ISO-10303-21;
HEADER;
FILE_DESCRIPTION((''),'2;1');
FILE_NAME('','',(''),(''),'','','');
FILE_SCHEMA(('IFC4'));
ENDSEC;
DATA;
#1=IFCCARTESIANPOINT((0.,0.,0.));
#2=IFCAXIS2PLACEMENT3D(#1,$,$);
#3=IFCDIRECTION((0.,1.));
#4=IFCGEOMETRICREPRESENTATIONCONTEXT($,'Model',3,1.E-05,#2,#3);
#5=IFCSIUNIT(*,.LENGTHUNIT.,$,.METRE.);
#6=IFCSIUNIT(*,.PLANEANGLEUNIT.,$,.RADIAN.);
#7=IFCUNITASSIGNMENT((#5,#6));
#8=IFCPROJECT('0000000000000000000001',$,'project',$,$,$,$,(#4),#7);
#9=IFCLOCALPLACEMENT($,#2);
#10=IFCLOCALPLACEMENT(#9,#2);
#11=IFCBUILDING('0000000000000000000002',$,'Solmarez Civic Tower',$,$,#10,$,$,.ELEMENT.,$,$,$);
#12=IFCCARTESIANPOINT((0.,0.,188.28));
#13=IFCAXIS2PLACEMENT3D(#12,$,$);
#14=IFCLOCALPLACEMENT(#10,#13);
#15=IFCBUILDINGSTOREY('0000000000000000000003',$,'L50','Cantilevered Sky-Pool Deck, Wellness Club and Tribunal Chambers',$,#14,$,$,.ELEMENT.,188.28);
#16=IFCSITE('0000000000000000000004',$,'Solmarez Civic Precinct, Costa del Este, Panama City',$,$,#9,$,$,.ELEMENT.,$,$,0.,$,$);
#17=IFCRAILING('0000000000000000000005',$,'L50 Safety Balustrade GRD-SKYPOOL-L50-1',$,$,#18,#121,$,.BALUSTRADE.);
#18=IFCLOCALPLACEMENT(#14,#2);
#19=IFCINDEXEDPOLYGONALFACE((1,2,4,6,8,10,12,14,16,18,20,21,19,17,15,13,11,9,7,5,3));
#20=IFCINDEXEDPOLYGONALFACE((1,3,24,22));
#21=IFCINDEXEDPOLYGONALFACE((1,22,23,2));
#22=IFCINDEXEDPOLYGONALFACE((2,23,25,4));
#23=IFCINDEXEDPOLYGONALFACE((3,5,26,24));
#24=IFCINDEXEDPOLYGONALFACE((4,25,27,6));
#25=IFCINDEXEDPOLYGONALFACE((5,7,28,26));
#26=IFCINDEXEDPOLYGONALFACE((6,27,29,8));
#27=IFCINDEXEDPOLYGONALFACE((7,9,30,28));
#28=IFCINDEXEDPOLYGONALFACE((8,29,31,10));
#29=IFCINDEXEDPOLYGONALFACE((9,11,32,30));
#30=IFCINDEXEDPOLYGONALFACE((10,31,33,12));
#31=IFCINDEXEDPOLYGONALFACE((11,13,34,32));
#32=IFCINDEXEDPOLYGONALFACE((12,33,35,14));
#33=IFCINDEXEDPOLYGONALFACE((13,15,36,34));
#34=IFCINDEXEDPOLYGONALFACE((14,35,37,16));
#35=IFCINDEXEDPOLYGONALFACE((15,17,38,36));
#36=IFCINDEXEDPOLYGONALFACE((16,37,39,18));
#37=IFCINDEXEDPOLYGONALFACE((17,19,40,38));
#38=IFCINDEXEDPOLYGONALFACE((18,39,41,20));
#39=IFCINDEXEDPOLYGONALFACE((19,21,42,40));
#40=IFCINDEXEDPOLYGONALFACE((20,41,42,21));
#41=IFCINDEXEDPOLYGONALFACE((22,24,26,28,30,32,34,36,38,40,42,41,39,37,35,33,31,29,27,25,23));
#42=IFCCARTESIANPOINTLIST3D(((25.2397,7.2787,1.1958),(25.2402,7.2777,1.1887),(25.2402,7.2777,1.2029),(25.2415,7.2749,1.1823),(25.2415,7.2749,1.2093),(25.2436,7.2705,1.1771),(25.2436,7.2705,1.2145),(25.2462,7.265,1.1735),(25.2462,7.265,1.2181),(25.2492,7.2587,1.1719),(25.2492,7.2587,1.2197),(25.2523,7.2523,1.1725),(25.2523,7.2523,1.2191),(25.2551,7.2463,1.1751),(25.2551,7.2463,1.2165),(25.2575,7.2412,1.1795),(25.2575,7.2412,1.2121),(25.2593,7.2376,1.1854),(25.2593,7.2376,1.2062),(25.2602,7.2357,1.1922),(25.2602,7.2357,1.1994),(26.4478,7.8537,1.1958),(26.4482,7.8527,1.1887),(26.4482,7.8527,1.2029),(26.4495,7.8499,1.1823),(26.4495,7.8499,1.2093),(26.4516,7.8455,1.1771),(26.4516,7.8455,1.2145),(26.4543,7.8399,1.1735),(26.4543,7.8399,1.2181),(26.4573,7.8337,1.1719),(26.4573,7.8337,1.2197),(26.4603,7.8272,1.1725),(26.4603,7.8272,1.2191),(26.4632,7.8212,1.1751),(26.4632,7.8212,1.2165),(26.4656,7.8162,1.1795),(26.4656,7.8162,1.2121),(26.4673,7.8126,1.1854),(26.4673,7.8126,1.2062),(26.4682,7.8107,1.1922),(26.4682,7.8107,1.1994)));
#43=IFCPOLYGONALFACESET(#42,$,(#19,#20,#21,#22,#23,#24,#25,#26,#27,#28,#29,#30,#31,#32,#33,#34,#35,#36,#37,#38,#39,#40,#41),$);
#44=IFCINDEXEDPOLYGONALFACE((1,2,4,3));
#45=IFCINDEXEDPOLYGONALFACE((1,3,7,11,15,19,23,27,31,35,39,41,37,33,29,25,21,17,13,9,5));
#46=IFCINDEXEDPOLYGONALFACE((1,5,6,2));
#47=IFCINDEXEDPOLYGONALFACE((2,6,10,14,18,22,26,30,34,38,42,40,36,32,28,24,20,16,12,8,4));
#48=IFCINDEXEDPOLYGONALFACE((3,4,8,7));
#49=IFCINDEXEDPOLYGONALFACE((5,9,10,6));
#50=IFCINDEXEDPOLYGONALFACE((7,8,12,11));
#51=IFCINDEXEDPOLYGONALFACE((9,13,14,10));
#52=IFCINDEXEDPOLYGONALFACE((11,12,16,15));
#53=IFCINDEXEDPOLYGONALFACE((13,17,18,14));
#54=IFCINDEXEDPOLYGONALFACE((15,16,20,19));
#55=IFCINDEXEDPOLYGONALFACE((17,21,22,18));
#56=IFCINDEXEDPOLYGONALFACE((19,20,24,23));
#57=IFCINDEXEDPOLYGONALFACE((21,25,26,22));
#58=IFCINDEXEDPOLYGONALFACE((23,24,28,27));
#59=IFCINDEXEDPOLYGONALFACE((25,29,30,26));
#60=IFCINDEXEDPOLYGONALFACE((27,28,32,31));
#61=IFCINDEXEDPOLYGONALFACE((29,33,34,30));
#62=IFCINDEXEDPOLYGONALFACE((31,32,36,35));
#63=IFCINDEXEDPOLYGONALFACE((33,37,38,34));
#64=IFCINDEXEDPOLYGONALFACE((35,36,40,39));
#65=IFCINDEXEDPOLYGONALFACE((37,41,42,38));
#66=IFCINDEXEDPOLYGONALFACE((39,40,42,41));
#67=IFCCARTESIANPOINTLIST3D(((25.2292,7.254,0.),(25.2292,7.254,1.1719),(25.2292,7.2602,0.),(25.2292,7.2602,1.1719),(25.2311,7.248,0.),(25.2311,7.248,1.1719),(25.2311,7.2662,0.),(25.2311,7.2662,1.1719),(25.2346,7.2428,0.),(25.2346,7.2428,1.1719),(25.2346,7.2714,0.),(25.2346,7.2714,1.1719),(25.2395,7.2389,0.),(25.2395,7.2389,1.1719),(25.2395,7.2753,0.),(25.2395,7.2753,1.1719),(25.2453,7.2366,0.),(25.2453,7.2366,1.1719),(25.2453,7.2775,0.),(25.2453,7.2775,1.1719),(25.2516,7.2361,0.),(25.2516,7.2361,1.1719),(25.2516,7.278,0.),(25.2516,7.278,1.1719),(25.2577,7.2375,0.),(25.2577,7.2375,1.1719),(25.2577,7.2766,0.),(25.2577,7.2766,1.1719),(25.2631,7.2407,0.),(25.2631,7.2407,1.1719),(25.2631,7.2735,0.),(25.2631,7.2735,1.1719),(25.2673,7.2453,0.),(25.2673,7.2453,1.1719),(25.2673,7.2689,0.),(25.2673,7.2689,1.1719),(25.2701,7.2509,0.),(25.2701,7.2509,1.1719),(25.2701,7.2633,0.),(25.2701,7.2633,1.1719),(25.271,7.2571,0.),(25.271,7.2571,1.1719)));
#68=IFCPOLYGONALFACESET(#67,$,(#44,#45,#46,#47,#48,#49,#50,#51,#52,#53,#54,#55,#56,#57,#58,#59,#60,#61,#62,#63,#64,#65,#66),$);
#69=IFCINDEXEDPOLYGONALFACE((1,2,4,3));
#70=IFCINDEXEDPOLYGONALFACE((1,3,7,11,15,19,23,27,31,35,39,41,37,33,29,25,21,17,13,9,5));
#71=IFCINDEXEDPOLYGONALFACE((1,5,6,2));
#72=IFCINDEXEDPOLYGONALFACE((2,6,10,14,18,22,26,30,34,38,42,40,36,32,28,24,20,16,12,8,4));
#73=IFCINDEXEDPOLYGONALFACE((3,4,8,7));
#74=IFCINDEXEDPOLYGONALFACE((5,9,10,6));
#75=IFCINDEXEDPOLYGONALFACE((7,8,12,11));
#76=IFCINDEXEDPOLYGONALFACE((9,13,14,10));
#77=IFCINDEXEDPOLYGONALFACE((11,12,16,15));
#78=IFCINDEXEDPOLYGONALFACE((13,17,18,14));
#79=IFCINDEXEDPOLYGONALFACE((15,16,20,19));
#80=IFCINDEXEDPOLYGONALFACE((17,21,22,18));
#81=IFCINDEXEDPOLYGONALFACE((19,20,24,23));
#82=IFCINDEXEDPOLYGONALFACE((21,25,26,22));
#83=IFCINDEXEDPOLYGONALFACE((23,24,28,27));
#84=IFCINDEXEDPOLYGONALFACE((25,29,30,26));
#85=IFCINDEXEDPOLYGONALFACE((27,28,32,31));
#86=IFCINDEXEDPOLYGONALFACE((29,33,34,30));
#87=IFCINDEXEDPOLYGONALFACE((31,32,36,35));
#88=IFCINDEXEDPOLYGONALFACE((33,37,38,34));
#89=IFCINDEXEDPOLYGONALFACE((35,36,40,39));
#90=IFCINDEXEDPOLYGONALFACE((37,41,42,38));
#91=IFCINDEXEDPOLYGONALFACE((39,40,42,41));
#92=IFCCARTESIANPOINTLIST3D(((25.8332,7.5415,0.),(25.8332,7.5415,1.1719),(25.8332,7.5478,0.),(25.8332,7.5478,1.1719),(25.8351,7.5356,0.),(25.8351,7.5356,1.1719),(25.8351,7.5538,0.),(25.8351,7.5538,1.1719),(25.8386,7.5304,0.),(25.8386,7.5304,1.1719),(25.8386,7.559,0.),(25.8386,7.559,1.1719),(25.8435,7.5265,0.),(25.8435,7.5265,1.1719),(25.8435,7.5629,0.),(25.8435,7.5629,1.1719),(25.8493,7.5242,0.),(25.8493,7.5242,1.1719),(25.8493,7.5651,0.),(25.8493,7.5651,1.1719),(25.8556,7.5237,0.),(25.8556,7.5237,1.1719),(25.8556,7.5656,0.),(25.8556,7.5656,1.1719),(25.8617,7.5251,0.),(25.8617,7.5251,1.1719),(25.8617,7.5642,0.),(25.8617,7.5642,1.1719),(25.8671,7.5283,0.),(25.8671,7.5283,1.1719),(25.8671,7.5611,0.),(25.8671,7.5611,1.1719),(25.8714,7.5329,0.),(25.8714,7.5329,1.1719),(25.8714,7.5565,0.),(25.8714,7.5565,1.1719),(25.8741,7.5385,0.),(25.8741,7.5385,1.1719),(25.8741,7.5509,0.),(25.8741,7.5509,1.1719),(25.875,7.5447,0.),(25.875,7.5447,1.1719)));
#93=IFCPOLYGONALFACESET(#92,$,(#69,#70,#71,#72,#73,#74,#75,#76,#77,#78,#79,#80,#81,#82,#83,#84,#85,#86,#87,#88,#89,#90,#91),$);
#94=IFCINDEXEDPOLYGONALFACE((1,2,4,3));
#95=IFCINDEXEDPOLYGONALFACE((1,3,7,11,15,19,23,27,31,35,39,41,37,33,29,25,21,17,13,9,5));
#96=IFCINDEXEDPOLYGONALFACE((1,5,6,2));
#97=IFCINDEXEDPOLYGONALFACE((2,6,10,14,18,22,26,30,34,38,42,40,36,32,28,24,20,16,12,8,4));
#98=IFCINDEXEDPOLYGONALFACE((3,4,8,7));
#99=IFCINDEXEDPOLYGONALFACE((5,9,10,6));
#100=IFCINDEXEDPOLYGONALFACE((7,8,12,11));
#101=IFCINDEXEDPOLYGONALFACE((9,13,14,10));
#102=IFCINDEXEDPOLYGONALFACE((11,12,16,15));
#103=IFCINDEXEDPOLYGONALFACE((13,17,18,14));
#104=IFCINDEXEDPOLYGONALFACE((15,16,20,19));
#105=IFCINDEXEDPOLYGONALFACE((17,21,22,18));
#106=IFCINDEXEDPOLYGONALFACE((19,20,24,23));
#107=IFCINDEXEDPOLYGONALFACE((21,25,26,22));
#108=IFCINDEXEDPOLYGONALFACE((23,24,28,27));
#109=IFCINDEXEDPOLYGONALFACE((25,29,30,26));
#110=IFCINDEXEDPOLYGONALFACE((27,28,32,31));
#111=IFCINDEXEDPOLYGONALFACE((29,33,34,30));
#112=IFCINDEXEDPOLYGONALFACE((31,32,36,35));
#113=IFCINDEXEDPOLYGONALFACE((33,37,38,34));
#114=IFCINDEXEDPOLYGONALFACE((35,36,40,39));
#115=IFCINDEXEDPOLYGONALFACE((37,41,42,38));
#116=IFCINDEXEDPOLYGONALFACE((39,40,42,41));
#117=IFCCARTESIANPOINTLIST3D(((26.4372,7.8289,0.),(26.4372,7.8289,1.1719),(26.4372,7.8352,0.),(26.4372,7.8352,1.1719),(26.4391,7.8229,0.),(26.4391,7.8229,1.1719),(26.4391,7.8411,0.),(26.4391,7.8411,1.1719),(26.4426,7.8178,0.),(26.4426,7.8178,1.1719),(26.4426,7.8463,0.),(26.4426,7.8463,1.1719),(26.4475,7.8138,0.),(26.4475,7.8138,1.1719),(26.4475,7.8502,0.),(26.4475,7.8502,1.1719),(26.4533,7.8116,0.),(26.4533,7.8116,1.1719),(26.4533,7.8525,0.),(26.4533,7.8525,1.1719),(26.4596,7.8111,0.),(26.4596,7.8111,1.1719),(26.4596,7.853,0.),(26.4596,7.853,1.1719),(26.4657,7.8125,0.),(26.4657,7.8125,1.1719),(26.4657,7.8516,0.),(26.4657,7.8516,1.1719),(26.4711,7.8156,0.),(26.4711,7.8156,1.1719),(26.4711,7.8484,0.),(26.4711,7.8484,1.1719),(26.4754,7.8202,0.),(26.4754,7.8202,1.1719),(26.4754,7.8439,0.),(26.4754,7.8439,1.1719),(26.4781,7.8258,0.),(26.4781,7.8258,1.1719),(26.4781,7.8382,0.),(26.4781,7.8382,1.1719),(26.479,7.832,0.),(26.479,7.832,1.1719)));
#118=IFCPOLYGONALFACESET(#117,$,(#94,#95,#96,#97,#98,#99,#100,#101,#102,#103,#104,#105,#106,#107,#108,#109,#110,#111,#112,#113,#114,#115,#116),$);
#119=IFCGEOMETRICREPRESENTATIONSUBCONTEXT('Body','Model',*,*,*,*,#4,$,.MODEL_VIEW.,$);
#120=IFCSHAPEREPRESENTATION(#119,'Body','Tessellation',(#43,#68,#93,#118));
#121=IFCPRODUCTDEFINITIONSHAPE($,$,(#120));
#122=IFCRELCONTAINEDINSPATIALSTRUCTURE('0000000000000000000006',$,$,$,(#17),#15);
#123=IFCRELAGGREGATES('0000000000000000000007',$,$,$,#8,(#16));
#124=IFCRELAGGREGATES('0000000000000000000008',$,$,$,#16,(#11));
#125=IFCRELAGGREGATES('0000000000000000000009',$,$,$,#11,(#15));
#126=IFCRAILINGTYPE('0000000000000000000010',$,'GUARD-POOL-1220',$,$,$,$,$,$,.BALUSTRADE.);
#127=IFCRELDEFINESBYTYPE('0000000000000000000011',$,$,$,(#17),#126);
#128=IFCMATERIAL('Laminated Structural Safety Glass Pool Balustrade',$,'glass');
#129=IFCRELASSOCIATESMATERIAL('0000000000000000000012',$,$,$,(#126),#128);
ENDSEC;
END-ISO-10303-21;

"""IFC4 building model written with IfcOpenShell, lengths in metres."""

from ifc_helpers import new_model, si_unit, direction, frame, origin, origin_2d, place, context, subcontext, project, spatial, circle, extrude, material, type_object, element, save


model = new_model("IFC4")

# Units and contexts
model_context = context("Model", 3, precision=1e-05, world=origin(), true_north=direction((0.0, 1.0)))
body_context = subcontext(model_context, "Body", "Model", "MODEL_VIEW")
ifc_project = project(units=[si_unit("LENGTHUNIT", "METRE"), si_unit("PLANEANGLEUNIT", "RADIAN")], contexts=[model_context])

# Site, building, storey
site_placement = place(None, origin())
site = spatial("IfcSite", under=ifc_project, at=site_placement, Name="Solmarez Civic Precinct, Costa del Este, Panama City", CompositionType="ELEMENT", RefElevation=0.0)
building_placement = place(site_placement, origin())
building = spatial("IfcBuilding", under=site, at=building_placement, Name="Solmarez Civic Tower", CompositionType="ELEMENT")
storey_placement = place(building_placement, frame((0.0, 0.0, 188.28)))
storey = spatial("IfcBuildingStorey", under=building, at=storey_placement, Name="L50", Description="Cantilevered Sky-Pool Deck, Wellness Club and Tribunal Chambers", CompositionType="ELEMENT", Elevation=188.28)

# Railing
ifc_material_1 = material(Name="Laminated Structural Safety Glass Pool Balustrade", Category="glass")
railing_type = type_object("IfcRailingType", Name="GUARD-POOL-1220", PredefinedType="BALUSTRADE", material=ifc_material_1)
railing_1_placement = place(storey_placement, frame((25.25, 7.2571, 0.0)))
element("IfcRailing", 1, at=railing_1_placement, inside=storey, type_object=railing_type, Name="L50 Safety Balustrade GRD-SKYPOOL-L50-1", PredefinedType="BALUSTRADE", context=body_context, shape_type="SweptSolid", body=[
    extrude(circle(Radius=0.0239, at=origin_2d()), frame((0.0, 0.0, 1.1958), z_axis=(0.902945, 0.429756, 0.0), x_axis=(-0.429756, 0.902945, 0.0)), (0.0, 0.0, 1.0), 1.3379),
    extrude(circle(Radius=0.021, at=origin_2d()), origin(), (0.0, 0.0, 1.0), 1.1719),
    extrude(circle(Radius=0.021, at=origin_2d()), frame((0.604, 0.2876, 0.0)), (0.0, 0.0, 1.0), 1.1719),
    extrude(circle(Radius=0.021, at=origin_2d()), frame((1.208, 0.575, 0.0)), (0.0, 0.0, 1.0), 1.1719),
])

save(model, "model.ifc")
